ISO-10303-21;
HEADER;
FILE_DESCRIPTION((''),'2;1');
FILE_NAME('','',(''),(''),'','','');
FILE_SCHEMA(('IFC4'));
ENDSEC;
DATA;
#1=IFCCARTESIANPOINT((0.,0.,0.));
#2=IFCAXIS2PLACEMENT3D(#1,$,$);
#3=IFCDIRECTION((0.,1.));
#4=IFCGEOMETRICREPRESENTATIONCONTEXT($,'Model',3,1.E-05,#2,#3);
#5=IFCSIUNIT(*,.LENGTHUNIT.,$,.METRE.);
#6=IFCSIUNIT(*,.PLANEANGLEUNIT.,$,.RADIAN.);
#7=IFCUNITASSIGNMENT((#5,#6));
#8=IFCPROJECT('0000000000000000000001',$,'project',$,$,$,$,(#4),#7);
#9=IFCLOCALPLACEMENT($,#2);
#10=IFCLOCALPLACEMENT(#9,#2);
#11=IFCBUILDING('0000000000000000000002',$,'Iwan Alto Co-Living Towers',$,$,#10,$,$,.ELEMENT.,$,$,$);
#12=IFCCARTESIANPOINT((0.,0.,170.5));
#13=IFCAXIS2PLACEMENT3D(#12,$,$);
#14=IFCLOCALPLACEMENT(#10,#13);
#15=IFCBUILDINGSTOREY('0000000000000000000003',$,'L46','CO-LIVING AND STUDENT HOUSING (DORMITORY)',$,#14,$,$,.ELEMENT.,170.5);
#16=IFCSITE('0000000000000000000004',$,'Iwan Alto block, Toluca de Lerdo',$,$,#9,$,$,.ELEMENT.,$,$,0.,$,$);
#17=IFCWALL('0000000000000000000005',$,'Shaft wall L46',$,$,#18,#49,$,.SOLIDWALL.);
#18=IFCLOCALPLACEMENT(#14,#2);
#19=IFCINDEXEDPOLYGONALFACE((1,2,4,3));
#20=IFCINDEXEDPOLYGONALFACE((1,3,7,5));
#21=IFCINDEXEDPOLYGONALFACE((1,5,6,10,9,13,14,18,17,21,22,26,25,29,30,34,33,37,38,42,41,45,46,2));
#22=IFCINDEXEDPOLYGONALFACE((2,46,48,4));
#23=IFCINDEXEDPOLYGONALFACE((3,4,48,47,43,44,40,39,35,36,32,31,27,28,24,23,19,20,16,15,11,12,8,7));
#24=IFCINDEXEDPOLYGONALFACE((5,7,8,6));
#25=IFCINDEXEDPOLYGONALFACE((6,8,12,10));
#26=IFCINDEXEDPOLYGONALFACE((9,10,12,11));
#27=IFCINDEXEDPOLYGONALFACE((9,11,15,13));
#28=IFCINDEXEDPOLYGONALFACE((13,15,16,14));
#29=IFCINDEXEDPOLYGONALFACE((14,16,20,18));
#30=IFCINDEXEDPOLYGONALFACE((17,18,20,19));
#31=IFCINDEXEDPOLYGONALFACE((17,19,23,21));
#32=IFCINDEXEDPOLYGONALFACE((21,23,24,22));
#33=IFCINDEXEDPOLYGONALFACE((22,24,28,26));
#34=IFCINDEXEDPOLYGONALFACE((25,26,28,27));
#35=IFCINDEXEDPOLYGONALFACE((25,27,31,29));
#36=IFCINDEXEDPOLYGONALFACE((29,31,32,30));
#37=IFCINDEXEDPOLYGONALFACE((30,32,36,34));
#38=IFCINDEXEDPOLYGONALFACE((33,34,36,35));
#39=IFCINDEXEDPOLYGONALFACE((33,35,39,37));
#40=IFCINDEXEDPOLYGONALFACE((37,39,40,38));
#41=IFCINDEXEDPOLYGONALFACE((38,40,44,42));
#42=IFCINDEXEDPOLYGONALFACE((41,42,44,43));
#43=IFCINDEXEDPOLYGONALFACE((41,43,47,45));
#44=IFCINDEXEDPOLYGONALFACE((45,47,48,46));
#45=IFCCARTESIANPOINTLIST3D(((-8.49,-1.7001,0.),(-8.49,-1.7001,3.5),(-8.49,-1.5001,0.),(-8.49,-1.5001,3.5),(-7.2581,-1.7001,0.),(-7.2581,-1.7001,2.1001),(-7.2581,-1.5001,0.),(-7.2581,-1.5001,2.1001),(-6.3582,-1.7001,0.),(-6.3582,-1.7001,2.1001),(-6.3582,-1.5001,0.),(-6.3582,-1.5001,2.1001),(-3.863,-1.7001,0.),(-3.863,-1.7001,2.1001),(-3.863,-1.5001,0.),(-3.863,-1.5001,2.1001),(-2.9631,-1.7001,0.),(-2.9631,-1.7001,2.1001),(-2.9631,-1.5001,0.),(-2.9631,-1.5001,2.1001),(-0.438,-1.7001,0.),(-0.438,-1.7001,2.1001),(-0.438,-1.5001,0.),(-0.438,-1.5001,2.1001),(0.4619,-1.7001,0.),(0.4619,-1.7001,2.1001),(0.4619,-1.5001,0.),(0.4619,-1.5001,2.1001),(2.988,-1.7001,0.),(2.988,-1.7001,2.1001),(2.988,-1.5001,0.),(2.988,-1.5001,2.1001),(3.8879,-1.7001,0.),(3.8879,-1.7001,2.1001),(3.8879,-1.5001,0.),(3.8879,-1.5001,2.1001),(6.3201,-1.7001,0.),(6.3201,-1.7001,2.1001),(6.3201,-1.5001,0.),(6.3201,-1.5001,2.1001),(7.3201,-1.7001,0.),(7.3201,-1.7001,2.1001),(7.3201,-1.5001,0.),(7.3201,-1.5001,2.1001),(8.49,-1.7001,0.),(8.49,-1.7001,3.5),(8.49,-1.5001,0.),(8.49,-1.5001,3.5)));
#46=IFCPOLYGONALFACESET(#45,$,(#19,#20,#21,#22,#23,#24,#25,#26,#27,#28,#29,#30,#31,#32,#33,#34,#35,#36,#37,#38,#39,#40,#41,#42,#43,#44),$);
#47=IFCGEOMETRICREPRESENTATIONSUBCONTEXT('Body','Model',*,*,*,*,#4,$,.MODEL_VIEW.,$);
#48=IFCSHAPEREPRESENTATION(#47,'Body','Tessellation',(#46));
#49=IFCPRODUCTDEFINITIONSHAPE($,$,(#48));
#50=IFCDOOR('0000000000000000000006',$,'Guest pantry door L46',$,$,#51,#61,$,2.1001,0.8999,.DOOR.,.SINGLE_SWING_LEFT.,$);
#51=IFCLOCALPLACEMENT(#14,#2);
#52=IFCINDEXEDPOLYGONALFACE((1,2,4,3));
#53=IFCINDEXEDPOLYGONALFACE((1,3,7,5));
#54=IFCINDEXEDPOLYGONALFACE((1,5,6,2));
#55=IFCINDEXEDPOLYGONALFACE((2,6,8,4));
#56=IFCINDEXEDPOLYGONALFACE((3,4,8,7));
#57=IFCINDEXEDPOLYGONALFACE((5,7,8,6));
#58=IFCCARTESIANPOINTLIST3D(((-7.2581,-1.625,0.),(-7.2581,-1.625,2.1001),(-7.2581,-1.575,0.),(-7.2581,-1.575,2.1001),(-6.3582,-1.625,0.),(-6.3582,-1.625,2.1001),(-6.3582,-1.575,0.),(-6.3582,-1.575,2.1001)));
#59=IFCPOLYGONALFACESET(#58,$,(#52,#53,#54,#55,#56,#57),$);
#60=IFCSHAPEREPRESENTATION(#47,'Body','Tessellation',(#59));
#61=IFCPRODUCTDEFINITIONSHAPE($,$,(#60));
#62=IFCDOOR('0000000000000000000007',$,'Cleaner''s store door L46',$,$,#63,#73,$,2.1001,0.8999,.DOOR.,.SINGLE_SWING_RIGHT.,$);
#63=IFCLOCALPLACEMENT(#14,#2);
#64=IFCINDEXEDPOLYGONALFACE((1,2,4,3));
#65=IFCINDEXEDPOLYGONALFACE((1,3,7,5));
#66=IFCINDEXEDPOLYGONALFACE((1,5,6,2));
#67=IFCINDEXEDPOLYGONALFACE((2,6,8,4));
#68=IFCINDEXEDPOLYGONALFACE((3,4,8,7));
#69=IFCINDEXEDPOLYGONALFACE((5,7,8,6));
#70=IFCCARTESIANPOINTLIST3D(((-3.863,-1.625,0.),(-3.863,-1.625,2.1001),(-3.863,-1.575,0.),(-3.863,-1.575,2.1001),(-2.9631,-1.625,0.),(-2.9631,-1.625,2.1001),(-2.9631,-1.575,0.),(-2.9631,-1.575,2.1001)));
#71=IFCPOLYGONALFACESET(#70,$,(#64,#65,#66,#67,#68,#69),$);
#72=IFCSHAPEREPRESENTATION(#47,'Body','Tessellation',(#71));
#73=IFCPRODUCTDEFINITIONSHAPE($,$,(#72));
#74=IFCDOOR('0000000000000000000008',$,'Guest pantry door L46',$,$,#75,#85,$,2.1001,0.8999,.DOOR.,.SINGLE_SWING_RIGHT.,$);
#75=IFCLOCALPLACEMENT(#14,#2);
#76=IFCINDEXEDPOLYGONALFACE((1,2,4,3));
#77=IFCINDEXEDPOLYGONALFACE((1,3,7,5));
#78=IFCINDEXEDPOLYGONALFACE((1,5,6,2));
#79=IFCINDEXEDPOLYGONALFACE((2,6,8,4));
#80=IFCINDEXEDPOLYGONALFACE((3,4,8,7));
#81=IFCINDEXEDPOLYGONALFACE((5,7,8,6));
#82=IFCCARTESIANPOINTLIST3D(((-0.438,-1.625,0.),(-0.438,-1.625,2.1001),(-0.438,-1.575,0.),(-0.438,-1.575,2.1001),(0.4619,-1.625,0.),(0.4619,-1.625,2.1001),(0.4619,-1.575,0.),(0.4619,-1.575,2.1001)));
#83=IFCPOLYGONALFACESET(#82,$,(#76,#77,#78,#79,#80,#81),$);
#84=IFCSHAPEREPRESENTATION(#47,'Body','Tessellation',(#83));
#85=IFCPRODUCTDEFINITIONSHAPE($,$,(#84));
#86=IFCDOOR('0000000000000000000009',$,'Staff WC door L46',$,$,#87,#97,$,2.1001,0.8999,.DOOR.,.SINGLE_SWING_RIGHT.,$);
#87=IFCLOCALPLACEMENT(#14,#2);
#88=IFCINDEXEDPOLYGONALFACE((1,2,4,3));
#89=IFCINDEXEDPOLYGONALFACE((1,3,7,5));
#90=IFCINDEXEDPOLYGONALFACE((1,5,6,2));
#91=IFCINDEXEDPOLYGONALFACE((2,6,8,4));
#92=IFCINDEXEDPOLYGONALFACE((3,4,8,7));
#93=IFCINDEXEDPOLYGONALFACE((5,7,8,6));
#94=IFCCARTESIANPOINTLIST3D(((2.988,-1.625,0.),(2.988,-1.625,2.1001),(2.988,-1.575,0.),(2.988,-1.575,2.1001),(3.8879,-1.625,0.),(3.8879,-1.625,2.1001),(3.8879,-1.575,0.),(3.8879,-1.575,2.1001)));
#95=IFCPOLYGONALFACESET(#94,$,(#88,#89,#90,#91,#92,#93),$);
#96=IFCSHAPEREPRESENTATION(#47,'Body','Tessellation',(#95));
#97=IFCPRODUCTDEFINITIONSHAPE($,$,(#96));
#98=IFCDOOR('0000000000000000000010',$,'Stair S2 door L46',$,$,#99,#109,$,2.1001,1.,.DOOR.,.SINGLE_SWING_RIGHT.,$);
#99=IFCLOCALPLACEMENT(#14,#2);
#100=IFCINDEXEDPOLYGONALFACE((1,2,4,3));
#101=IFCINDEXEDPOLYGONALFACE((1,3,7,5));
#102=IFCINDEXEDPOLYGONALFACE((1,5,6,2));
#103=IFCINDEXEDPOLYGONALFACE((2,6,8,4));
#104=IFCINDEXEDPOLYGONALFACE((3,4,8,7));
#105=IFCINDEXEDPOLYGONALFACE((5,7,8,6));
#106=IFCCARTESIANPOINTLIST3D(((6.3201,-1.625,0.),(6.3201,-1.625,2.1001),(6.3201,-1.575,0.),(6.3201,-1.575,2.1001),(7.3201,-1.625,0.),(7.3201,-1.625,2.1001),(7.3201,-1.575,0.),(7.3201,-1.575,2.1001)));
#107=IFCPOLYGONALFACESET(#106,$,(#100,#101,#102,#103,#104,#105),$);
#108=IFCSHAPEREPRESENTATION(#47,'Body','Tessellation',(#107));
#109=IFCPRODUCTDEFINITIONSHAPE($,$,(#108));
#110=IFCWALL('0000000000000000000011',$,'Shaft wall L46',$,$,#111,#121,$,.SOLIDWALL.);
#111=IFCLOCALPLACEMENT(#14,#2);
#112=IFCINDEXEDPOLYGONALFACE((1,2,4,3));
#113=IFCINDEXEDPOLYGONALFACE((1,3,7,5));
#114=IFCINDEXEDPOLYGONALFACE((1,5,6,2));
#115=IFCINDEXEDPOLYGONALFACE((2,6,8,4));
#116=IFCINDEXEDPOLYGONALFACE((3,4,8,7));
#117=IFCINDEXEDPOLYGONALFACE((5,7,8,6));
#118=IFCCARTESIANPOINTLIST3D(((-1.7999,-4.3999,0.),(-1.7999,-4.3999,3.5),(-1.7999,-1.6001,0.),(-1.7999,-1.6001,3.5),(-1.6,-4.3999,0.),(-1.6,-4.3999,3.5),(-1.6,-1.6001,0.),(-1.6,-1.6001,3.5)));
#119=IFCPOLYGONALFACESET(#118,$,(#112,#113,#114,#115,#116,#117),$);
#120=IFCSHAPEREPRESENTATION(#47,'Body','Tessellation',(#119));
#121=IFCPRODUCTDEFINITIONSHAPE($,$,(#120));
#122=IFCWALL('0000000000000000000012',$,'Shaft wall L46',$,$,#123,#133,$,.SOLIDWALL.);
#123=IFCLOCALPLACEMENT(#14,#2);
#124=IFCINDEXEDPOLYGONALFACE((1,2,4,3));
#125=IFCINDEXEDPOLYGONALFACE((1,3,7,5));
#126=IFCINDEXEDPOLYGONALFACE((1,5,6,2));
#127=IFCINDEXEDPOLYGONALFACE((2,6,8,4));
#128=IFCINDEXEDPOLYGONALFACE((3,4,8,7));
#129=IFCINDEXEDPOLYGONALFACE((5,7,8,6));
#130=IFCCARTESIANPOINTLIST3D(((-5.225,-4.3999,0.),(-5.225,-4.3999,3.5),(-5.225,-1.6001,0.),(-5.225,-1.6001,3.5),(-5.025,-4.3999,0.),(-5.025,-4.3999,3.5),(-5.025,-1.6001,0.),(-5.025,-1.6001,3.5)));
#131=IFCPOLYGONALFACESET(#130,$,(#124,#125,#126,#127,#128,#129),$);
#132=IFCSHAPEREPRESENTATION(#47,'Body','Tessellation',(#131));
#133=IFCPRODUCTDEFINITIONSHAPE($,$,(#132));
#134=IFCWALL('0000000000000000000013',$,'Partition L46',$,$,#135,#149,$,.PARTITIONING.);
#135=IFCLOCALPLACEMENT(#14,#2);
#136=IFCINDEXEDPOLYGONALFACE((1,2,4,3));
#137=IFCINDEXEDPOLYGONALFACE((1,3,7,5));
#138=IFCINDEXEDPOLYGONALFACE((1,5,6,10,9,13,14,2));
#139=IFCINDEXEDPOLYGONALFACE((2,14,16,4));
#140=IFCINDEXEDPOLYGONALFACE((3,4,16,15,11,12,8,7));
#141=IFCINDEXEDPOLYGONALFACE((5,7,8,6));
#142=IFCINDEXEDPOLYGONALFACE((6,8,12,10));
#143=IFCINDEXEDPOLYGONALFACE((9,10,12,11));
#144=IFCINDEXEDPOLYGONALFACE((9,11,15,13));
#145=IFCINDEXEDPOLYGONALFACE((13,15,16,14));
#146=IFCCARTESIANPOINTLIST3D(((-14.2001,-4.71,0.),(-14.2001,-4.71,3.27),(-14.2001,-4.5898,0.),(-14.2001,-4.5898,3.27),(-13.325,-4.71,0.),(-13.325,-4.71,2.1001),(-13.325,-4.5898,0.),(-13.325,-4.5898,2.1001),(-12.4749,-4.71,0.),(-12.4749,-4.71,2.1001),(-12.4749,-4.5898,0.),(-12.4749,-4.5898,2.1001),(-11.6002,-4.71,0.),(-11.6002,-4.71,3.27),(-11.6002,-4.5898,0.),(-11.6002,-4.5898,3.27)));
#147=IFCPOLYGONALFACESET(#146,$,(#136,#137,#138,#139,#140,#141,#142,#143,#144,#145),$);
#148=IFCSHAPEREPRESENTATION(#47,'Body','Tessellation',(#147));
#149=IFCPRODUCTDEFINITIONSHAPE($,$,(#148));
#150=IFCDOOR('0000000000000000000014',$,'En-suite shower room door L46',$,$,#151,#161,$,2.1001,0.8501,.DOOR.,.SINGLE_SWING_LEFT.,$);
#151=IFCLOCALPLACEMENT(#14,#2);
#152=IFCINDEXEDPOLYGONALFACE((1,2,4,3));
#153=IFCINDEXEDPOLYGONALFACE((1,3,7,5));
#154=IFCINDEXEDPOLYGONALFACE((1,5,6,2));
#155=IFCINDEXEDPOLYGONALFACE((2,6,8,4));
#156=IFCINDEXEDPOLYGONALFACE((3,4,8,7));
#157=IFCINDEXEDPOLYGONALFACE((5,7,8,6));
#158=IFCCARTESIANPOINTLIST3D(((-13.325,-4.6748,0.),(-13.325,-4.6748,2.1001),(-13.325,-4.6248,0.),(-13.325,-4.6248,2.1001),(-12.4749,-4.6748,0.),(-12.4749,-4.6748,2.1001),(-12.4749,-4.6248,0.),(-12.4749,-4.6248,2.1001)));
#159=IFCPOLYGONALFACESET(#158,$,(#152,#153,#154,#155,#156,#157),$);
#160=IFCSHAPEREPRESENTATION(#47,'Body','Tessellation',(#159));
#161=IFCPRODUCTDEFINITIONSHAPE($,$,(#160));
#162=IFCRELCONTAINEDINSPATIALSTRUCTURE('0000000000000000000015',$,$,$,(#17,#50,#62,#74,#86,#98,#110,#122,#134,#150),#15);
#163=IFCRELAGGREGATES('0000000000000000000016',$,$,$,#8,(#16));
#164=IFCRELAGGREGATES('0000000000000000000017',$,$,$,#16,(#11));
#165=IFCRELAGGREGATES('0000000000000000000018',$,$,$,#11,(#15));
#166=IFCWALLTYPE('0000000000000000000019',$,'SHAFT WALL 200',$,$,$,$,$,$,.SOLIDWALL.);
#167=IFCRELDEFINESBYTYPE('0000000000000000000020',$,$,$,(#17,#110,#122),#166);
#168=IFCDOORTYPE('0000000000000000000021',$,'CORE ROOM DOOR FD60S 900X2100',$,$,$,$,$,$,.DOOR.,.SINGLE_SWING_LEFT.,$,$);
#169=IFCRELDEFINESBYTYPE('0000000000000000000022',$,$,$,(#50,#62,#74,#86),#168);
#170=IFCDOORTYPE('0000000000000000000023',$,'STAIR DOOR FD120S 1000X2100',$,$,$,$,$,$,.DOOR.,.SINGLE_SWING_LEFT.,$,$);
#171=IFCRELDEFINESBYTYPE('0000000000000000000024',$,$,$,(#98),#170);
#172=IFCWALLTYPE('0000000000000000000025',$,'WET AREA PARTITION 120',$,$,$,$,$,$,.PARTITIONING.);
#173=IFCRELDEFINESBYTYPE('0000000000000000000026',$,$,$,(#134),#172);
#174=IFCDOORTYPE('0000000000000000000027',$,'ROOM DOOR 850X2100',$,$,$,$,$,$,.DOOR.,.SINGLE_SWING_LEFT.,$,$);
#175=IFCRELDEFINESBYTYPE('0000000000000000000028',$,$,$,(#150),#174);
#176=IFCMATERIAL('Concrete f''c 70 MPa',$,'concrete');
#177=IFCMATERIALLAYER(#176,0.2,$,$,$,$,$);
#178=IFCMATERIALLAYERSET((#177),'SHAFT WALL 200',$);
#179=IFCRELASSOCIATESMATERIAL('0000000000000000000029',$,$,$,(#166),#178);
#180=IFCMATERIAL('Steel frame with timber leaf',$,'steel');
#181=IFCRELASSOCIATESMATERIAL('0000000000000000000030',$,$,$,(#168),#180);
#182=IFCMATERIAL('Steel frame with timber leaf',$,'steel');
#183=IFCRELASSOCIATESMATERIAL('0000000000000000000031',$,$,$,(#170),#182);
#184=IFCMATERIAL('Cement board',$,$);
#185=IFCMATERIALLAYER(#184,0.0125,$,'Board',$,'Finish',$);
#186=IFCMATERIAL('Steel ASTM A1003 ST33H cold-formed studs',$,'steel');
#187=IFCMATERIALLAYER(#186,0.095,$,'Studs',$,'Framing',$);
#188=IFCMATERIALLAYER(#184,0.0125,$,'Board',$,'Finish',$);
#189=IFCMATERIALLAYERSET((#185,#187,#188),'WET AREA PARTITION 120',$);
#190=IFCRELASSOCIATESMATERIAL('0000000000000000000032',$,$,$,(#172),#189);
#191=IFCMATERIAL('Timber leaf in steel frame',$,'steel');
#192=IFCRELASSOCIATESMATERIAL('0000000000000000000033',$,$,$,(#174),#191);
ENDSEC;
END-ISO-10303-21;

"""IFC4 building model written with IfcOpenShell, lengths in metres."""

from ifc_helpers import new_model, si_unit, direction, frame, frame_2d, origin, place, context, subcontext, project, spatial, rectangle, extrude, material, layer, layer_set, type_object, element, fill, save


model = new_model("IFC4")

# Units and contexts
model_context = context("Model", 3, precision=1e-05, world=origin(), true_north=direction((0.0, 1.0)))
body_context = subcontext(model_context, "Body", "Model", "MODEL_VIEW")
ifc_project = project(units=[si_unit("LENGTHUNIT", "METRE"), si_unit("PLANEANGLEUNIT", "RADIAN")], contexts=[model_context])

# Site, building, storey
site_placement = place(None, origin())
site = spatial("IfcSite", under=ifc_project, at=site_placement, Name="Iwan Alto block, Toluca de Lerdo", CompositionType="ELEMENT", RefElevation=0.0)
building_placement = place(site_placement, origin())
building = spatial("IfcBuilding", under=site, at=building_placement, Name="Iwan Alto Co-Living Towers", CompositionType="ELEMENT")
storey_placement = place(building_placement, frame((0.0, 0.0, 170.5)))
storey = spatial("IfcBuildingStorey", under=building, at=storey_placement, Name="L46", Description="CO-LIVING AND STUDENT HOUSING (DORMITORY)", CompositionType="ELEMENT", Elevation=170.5)

# Shared definitions
ifc_material_1 = material(Name="Steel ASTM A1003 ST33H cold-formed studs", Category="steel")

# Shared definitions
ifc_material_2 = material(Name="Concrete f'c 70 MPa", Category="concrete")
ifc_layer_1 = layer(ifc_material_2, 0.2)
ifc_layer_set_1 = layer_set([ifc_layer_1], Name="SHAFT WALL 200")
wall_type_1 = type_object("IfcWallType", Name="SHAFT WALL 200", PredefinedType="SOLIDWALL", material=ifc_layer_set_1)

# Wall, openings, doors
wall_1_placement = place(storey_placement, frame((-8.49, -1.6001, 0.0), z_axis=(0.0, 0.0, 1.0), x_axis=(1.0, 0.0, 0.0)))
wall_1 = element("IfcWall", 1, at=wall_1_placement, inside=storey, type_object=wall_type_1, Name="Shaft wall L46", PredefinedType="SOLIDWALL", context=body_context, shape_type="SweptSolid", body=[
    extrude(rectangle(XDim=16.98, YDim=0.2, at=frame_2d((8.49, 0.0))), origin(), (0.0, 0.0, 1.0), 3.5),
])
opening_1_placement = place(wall_1_placement, frame((14.8101, 0.0, 0.0)))
opening_1 = element("IfcOpeningElement", 2, at=opening_1_placement, cuts=wall_1, PredefinedType="OPENING", context=body_context, shape_type="SweptSolid", body=[
    extrude(rectangle(XDim=1.0, YDim=2.1001, at=frame_2d((0.5, 1.05))), frame((0.0, 0.1099, 0.0), z_axis=(0.0, -1.0, 0.0), x_axis=(1.0, 0.0, 0.0)), (0.0, 0.0, 1.0), 0.22),
])
opening_2_placement = place(wall_1_placement, frame((1.2319, 0.0, 0.0)))
opening_2 = element("IfcOpeningElement", 3, at=opening_2_placement, cuts=wall_1, PredefinedType="OPENING", context=body_context, shape_type="SweptSolid", body=[
    extrude(rectangle(XDim=0.8999, YDim=2.1001, at=frame_2d((0.45, 1.05))), frame((0.0, 0.1099, 0.0), z_axis=(0.0, -1.0, 0.0), x_axis=(1.0, 0.0, 0.0)), (0.0, 0.0, 1.0), 0.22),
])
opening_3_placement = place(wall_1_placement, frame((4.627, 0.0, 0.0)))
opening_3 = element("IfcOpeningElement", 4, at=opening_3_placement, cuts=wall_1, PredefinedType="OPENING", context=body_context, shape_type="SweptSolid", body=[
    extrude(rectangle(XDim=0.8999, YDim=2.1001, at=frame_2d((0.45, 1.05))), frame((0.0, 0.1099, 0.0), z_axis=(0.0, -1.0, 0.0), x_axis=(1.0, 0.0, 0.0)), (0.0, 0.0, 1.0), 0.22),
])
opening_4_placement = place(wall_1_placement, frame((8.052, 0.0, 0.0)))
opening_4 = element("IfcOpeningElement", 5, at=opening_4_placement, cuts=wall_1, PredefinedType="OPENING", context=body_context, shape_type="SweptSolid", body=[
    extrude(rectangle(XDim=0.8999, YDim=2.1001, at=frame_2d((0.45, 1.05))), frame((0.0, 0.1099, 0.0), z_axis=(0.0, -1.0, 0.0), x_axis=(1.0, 0.0, 0.0)), (0.0, 0.0, 1.0), 0.22),
])
opening_5_placement = place(wall_1_placement, frame((11.478, 0.0, 0.0)))
opening_5 = element("IfcOpeningElement", 6, at=opening_5_placement, cuts=wall_1, PredefinedType="OPENING", context=body_context, shape_type="SweptSolid", body=[
    extrude(rectangle(XDim=0.8999, YDim=2.1001, at=frame_2d((0.45, 1.05))), frame((0.0, 0.1099, 0.0), z_axis=(0.0, -1.0, 0.0), x_axis=(1.0, 0.0, 0.0)), (0.0, 0.0, 1.0), 0.22),
])
ifc_material_3 = material(Name="Steel frame with timber leaf", Category="steel")
door_type_1 = type_object("IfcDoorType", Name="CORE ROOM DOOR FD60S 900X2100", OperationType="SINGLE_SWING_LEFT", PredefinedType="DOOR", material=ifc_material_3)
door_1_placement = place(opening_2_placement, frame((0.8999, 0.0, 0.0), z_axis=(0.0, 0.0, 1.0), x_axis=(-1.0, 0.0, 0.0)))
door_1 = element("IfcDoor", 7, at=door_1_placement, inside=storey, type_object=door_type_1, Name="Guest pantry door L46", OperationType="SINGLE_SWING_LEFT", OverallHeight=2.1001, OverallWidth=0.8999, PredefinedType="DOOR", context=body_context, shape_type="SweptSolid", body=[
    extrude(rectangle(XDim=0.8999, YDim=2.1001, at=frame_2d((0.45, 1.05))), frame((0.0, 0.0249, 0.0), z_axis=(0.0, -1.0, 0.0), x_axis=(1.0, 0.0, 0.0)), (0.0, 0.0, 1.0), 0.05),
])
fill(opening_2, door_1)
door_2_placement = place(opening_3_placement, frame((0.8999, 0.0, 0.0), z_axis=(0.0, 0.0, 1.0), x_axis=(-1.0, 0.0, 0.0)))
door_2 = element("IfcDoor", 8, at=door_2_placement, inside=storey, type_object=door_type_1, Name="Cleaner's store door L46", OperationType="SINGLE_SWING_RIGHT", OverallHeight=2.1001, OverallWidth=0.8999, PredefinedType="DOOR", context=body_context, shape_type="SweptSolid", body=[
    extrude(rectangle(XDim=0.8999, YDim=2.1001, at=frame_2d((0.45, 1.05))), frame((0.0, 0.0249, 0.0), z_axis=(0.0, -1.0, 0.0), x_axis=(1.0, 0.0, 0.0)), (0.0, 0.0, 1.0), 0.05),
])
fill(opening_3, door_2)
door_3_placement = place(opening_4_placement, frame((0.8999, 0.0, 0.0), z_axis=(0.0, 0.0, 1.0), x_axis=(-1.0, 0.0, 0.0)))
door_3 = element("IfcDoor", 9, at=door_3_placement, inside=storey, type_object=door_type_1, Name="Guest pantry door L46", OperationType="SINGLE_SWING_RIGHT", OverallHeight=2.1001, OverallWidth=0.8999, PredefinedType="DOOR", context=body_context, shape_type="SweptSolid", body=[
    extrude(rectangle(XDim=0.8999, YDim=2.1001, at=frame_2d((0.45, 1.05))), frame((0.0, 0.0249, 0.0), z_axis=(0.0, -1.0, 0.0), x_axis=(1.0, 0.0, 0.0)), (0.0, 0.0, 1.0), 0.05),
])
fill(opening_4, door_3)
door_4_placement = place(opening_5_placement, frame((0.8999, 0.0, 0.0), z_axis=(0.0, 0.0, 1.0), x_axis=(-1.0, 0.0, 0.0)))
door_4 = element("IfcDoor", 10, at=door_4_placement, inside=storey, type_object=door_type_1, Name="Staff WC door L46", OperationType="SINGLE_SWING_RIGHT", OverallHeight=2.1001, OverallWidth=0.8999, PredefinedType="DOOR", context=body_context, shape_type="SweptSolid", body=[
    extrude(rectangle(XDim=0.8999, YDim=2.1001, at=frame_2d((0.45, 1.05))), frame((0.0, 0.0249, 0.0), z_axis=(0.0, -1.0, 0.0), x_axis=(1.0, 0.0, 0.0)), (0.0, 0.0, 1.0), 0.05),
])
fill(opening_5, door_4)
ifc_material_4 = material(Name="Steel frame with timber leaf", Category="steel")
door_type_2 = type_object("IfcDoorType", Name="STAIR DOOR FD120S 1000X2100", OperationType="SINGLE_SWING_LEFT", PredefinedType="DOOR", material=ifc_material_4)
door_5_placement = place(opening_1_placement, frame((1.0, 0.0, 0.0), z_axis=(0.0, 0.0, 1.0), x_axis=(-1.0, 0.0, 0.0)))
door_5 = element("IfcDoor", 11, at=door_5_placement, inside=storey, type_object=door_type_2, Name="Stair S2 door L46", OperationType="SINGLE_SWING_RIGHT", OverallHeight=2.1001, OverallWidth=1.0, PredefinedType="DOOR", context=body_context, shape_type="SweptSolid", body=[
    extrude(rectangle(XDim=1.0, YDim=2.1001, at=frame_2d((0.5, 1.05))), frame((0.0, 0.0249, 0.0), z_axis=(0.0, -1.0, 0.0), x_axis=(1.0, 0.0, 0.0)), (0.0, 0.0, 1.0), 0.05),
])
fill(opening_1, door_5)

# Walls
for number, where, z_axis, x_axis, name in (
    (12, (-1.7, -4.3999, 0.0), (0.0, 0.0, 1.0), (0.0, 1.0, 0.0), "Shaft wall L46"),
    (13, (-5.125, -4.3999, 0.0), (0.0, 0.0, 1.0), (0.0, 1.0, 0.0), "Shaft wall L46"),
):
    element("IfcWall", number, at=place(storey_placement, frame(where, z_axis=z_axis, x_axis=x_axis)), inside=storey, type_object=wall_type_1, Name=name, PredefinedType="SOLIDWALL", context=body_context, shape_type="SweptSolid", body=[
        extrude(rectangle(XDim=2.7998, YDim=0.2, at=frame_2d((1.3999, 0.0))), origin(), (0.0, 0.0, 1.0), 3.5),
    ])

# Wall, opening, door
ifc_material_5 = material(Name="Cement board")
ifc_layer_2 = layer(ifc_material_5, 0.0125, Name="Board", Category="Finish")
ifc_layer_3 = layer(ifc_material_1, 0.095, Name="Studs", Category="Framing")
ifc_layer_4 = layer(ifc_material_5, 0.0125, Name="Board", Category="Finish")
ifc_layer_set_2 = layer_set([ifc_layer_2, ifc_layer_3, ifc_layer_4], Name="WET AREA PARTITION 120")
wall_type_2 = type_object("IfcWallType", Name="WET AREA PARTITION 120", PredefinedType="PARTITIONING", material=ifc_layer_set_2)
wall_2_placement = place(storey_placement, frame((-14.2, -4.6499, 0.0), z_axis=(0.0, 0.0, 1.0), x_axis=(1.0, 0.0, 0.0)))
wall_2 = element("IfcWall", 14, at=wall_2_placement, inside=storey, type_object=wall_type_2, Name="Partition L46", PredefinedType="PARTITIONING", context=body_context, shape_type="SweptSolid", body=[
    extrude(rectangle(XDim=2.5999, YDim=0.1201, at=frame_2d((1.2998, 0.0))), origin(), (0.0, 0.0, 1.0), 3.27),
])
opening_6_placement = place(wall_2_placement, frame((0.875, 0.0, 0.0)))
opening_6 = element("IfcOpeningElement", 15, at=opening_6_placement, cuts=wall_2, PredefinedType="OPENING", context=body_context, shape_type="SweptSolid", body=[
    extrude(rectangle(XDim=0.8501, YDim=2.1001, at=frame_2d((0.425, 1.05))), frame((0.0, 0.0701, 0.0), z_axis=(0.0, -1.0, 0.0), x_axis=(1.0, 0.0, 0.0)), (0.0, 0.0, 1.0), 0.1401),
])
ifc_material_6 = material(Name="Timber leaf in steel frame", Category="steel")
door_type_3 = type_object("IfcDoorType", Name="ROOM DOOR 850X2100", OperationType="SINGLE_SWING_LEFT", PredefinedType="DOOR", material=ifc_material_6)
door_6_placement = place(opening_6_placement, frame((0.8501, 0.0, 0.0), z_axis=(0.0, 0.0, 1.0), x_axis=(-1.0, 0.0, 0.0)))
door_6 = element("IfcDoor", 16, at=door_6_placement, inside=storey, type_object=door_type_3, Name="En-suite shower room door L46", OperationType="SINGLE_SWING_LEFT", OverallHeight=2.1001, OverallWidth=0.8501, PredefinedType="DOOR", context=body_context, shape_type="SweptSolid", body=[
    extrude(rectangle(XDim=0.8501, YDim=2.1001, at=frame_2d((0.425, 1.05))), frame((0.0, 0.0249, 0.0), z_axis=(0.0, -1.0, 0.0), x_axis=(1.0, 0.0, 0.0)), (0.0, 0.0, 1.0), 0.05),
])
fill(opening_6, door_6)

save(model, "model.ifc")
